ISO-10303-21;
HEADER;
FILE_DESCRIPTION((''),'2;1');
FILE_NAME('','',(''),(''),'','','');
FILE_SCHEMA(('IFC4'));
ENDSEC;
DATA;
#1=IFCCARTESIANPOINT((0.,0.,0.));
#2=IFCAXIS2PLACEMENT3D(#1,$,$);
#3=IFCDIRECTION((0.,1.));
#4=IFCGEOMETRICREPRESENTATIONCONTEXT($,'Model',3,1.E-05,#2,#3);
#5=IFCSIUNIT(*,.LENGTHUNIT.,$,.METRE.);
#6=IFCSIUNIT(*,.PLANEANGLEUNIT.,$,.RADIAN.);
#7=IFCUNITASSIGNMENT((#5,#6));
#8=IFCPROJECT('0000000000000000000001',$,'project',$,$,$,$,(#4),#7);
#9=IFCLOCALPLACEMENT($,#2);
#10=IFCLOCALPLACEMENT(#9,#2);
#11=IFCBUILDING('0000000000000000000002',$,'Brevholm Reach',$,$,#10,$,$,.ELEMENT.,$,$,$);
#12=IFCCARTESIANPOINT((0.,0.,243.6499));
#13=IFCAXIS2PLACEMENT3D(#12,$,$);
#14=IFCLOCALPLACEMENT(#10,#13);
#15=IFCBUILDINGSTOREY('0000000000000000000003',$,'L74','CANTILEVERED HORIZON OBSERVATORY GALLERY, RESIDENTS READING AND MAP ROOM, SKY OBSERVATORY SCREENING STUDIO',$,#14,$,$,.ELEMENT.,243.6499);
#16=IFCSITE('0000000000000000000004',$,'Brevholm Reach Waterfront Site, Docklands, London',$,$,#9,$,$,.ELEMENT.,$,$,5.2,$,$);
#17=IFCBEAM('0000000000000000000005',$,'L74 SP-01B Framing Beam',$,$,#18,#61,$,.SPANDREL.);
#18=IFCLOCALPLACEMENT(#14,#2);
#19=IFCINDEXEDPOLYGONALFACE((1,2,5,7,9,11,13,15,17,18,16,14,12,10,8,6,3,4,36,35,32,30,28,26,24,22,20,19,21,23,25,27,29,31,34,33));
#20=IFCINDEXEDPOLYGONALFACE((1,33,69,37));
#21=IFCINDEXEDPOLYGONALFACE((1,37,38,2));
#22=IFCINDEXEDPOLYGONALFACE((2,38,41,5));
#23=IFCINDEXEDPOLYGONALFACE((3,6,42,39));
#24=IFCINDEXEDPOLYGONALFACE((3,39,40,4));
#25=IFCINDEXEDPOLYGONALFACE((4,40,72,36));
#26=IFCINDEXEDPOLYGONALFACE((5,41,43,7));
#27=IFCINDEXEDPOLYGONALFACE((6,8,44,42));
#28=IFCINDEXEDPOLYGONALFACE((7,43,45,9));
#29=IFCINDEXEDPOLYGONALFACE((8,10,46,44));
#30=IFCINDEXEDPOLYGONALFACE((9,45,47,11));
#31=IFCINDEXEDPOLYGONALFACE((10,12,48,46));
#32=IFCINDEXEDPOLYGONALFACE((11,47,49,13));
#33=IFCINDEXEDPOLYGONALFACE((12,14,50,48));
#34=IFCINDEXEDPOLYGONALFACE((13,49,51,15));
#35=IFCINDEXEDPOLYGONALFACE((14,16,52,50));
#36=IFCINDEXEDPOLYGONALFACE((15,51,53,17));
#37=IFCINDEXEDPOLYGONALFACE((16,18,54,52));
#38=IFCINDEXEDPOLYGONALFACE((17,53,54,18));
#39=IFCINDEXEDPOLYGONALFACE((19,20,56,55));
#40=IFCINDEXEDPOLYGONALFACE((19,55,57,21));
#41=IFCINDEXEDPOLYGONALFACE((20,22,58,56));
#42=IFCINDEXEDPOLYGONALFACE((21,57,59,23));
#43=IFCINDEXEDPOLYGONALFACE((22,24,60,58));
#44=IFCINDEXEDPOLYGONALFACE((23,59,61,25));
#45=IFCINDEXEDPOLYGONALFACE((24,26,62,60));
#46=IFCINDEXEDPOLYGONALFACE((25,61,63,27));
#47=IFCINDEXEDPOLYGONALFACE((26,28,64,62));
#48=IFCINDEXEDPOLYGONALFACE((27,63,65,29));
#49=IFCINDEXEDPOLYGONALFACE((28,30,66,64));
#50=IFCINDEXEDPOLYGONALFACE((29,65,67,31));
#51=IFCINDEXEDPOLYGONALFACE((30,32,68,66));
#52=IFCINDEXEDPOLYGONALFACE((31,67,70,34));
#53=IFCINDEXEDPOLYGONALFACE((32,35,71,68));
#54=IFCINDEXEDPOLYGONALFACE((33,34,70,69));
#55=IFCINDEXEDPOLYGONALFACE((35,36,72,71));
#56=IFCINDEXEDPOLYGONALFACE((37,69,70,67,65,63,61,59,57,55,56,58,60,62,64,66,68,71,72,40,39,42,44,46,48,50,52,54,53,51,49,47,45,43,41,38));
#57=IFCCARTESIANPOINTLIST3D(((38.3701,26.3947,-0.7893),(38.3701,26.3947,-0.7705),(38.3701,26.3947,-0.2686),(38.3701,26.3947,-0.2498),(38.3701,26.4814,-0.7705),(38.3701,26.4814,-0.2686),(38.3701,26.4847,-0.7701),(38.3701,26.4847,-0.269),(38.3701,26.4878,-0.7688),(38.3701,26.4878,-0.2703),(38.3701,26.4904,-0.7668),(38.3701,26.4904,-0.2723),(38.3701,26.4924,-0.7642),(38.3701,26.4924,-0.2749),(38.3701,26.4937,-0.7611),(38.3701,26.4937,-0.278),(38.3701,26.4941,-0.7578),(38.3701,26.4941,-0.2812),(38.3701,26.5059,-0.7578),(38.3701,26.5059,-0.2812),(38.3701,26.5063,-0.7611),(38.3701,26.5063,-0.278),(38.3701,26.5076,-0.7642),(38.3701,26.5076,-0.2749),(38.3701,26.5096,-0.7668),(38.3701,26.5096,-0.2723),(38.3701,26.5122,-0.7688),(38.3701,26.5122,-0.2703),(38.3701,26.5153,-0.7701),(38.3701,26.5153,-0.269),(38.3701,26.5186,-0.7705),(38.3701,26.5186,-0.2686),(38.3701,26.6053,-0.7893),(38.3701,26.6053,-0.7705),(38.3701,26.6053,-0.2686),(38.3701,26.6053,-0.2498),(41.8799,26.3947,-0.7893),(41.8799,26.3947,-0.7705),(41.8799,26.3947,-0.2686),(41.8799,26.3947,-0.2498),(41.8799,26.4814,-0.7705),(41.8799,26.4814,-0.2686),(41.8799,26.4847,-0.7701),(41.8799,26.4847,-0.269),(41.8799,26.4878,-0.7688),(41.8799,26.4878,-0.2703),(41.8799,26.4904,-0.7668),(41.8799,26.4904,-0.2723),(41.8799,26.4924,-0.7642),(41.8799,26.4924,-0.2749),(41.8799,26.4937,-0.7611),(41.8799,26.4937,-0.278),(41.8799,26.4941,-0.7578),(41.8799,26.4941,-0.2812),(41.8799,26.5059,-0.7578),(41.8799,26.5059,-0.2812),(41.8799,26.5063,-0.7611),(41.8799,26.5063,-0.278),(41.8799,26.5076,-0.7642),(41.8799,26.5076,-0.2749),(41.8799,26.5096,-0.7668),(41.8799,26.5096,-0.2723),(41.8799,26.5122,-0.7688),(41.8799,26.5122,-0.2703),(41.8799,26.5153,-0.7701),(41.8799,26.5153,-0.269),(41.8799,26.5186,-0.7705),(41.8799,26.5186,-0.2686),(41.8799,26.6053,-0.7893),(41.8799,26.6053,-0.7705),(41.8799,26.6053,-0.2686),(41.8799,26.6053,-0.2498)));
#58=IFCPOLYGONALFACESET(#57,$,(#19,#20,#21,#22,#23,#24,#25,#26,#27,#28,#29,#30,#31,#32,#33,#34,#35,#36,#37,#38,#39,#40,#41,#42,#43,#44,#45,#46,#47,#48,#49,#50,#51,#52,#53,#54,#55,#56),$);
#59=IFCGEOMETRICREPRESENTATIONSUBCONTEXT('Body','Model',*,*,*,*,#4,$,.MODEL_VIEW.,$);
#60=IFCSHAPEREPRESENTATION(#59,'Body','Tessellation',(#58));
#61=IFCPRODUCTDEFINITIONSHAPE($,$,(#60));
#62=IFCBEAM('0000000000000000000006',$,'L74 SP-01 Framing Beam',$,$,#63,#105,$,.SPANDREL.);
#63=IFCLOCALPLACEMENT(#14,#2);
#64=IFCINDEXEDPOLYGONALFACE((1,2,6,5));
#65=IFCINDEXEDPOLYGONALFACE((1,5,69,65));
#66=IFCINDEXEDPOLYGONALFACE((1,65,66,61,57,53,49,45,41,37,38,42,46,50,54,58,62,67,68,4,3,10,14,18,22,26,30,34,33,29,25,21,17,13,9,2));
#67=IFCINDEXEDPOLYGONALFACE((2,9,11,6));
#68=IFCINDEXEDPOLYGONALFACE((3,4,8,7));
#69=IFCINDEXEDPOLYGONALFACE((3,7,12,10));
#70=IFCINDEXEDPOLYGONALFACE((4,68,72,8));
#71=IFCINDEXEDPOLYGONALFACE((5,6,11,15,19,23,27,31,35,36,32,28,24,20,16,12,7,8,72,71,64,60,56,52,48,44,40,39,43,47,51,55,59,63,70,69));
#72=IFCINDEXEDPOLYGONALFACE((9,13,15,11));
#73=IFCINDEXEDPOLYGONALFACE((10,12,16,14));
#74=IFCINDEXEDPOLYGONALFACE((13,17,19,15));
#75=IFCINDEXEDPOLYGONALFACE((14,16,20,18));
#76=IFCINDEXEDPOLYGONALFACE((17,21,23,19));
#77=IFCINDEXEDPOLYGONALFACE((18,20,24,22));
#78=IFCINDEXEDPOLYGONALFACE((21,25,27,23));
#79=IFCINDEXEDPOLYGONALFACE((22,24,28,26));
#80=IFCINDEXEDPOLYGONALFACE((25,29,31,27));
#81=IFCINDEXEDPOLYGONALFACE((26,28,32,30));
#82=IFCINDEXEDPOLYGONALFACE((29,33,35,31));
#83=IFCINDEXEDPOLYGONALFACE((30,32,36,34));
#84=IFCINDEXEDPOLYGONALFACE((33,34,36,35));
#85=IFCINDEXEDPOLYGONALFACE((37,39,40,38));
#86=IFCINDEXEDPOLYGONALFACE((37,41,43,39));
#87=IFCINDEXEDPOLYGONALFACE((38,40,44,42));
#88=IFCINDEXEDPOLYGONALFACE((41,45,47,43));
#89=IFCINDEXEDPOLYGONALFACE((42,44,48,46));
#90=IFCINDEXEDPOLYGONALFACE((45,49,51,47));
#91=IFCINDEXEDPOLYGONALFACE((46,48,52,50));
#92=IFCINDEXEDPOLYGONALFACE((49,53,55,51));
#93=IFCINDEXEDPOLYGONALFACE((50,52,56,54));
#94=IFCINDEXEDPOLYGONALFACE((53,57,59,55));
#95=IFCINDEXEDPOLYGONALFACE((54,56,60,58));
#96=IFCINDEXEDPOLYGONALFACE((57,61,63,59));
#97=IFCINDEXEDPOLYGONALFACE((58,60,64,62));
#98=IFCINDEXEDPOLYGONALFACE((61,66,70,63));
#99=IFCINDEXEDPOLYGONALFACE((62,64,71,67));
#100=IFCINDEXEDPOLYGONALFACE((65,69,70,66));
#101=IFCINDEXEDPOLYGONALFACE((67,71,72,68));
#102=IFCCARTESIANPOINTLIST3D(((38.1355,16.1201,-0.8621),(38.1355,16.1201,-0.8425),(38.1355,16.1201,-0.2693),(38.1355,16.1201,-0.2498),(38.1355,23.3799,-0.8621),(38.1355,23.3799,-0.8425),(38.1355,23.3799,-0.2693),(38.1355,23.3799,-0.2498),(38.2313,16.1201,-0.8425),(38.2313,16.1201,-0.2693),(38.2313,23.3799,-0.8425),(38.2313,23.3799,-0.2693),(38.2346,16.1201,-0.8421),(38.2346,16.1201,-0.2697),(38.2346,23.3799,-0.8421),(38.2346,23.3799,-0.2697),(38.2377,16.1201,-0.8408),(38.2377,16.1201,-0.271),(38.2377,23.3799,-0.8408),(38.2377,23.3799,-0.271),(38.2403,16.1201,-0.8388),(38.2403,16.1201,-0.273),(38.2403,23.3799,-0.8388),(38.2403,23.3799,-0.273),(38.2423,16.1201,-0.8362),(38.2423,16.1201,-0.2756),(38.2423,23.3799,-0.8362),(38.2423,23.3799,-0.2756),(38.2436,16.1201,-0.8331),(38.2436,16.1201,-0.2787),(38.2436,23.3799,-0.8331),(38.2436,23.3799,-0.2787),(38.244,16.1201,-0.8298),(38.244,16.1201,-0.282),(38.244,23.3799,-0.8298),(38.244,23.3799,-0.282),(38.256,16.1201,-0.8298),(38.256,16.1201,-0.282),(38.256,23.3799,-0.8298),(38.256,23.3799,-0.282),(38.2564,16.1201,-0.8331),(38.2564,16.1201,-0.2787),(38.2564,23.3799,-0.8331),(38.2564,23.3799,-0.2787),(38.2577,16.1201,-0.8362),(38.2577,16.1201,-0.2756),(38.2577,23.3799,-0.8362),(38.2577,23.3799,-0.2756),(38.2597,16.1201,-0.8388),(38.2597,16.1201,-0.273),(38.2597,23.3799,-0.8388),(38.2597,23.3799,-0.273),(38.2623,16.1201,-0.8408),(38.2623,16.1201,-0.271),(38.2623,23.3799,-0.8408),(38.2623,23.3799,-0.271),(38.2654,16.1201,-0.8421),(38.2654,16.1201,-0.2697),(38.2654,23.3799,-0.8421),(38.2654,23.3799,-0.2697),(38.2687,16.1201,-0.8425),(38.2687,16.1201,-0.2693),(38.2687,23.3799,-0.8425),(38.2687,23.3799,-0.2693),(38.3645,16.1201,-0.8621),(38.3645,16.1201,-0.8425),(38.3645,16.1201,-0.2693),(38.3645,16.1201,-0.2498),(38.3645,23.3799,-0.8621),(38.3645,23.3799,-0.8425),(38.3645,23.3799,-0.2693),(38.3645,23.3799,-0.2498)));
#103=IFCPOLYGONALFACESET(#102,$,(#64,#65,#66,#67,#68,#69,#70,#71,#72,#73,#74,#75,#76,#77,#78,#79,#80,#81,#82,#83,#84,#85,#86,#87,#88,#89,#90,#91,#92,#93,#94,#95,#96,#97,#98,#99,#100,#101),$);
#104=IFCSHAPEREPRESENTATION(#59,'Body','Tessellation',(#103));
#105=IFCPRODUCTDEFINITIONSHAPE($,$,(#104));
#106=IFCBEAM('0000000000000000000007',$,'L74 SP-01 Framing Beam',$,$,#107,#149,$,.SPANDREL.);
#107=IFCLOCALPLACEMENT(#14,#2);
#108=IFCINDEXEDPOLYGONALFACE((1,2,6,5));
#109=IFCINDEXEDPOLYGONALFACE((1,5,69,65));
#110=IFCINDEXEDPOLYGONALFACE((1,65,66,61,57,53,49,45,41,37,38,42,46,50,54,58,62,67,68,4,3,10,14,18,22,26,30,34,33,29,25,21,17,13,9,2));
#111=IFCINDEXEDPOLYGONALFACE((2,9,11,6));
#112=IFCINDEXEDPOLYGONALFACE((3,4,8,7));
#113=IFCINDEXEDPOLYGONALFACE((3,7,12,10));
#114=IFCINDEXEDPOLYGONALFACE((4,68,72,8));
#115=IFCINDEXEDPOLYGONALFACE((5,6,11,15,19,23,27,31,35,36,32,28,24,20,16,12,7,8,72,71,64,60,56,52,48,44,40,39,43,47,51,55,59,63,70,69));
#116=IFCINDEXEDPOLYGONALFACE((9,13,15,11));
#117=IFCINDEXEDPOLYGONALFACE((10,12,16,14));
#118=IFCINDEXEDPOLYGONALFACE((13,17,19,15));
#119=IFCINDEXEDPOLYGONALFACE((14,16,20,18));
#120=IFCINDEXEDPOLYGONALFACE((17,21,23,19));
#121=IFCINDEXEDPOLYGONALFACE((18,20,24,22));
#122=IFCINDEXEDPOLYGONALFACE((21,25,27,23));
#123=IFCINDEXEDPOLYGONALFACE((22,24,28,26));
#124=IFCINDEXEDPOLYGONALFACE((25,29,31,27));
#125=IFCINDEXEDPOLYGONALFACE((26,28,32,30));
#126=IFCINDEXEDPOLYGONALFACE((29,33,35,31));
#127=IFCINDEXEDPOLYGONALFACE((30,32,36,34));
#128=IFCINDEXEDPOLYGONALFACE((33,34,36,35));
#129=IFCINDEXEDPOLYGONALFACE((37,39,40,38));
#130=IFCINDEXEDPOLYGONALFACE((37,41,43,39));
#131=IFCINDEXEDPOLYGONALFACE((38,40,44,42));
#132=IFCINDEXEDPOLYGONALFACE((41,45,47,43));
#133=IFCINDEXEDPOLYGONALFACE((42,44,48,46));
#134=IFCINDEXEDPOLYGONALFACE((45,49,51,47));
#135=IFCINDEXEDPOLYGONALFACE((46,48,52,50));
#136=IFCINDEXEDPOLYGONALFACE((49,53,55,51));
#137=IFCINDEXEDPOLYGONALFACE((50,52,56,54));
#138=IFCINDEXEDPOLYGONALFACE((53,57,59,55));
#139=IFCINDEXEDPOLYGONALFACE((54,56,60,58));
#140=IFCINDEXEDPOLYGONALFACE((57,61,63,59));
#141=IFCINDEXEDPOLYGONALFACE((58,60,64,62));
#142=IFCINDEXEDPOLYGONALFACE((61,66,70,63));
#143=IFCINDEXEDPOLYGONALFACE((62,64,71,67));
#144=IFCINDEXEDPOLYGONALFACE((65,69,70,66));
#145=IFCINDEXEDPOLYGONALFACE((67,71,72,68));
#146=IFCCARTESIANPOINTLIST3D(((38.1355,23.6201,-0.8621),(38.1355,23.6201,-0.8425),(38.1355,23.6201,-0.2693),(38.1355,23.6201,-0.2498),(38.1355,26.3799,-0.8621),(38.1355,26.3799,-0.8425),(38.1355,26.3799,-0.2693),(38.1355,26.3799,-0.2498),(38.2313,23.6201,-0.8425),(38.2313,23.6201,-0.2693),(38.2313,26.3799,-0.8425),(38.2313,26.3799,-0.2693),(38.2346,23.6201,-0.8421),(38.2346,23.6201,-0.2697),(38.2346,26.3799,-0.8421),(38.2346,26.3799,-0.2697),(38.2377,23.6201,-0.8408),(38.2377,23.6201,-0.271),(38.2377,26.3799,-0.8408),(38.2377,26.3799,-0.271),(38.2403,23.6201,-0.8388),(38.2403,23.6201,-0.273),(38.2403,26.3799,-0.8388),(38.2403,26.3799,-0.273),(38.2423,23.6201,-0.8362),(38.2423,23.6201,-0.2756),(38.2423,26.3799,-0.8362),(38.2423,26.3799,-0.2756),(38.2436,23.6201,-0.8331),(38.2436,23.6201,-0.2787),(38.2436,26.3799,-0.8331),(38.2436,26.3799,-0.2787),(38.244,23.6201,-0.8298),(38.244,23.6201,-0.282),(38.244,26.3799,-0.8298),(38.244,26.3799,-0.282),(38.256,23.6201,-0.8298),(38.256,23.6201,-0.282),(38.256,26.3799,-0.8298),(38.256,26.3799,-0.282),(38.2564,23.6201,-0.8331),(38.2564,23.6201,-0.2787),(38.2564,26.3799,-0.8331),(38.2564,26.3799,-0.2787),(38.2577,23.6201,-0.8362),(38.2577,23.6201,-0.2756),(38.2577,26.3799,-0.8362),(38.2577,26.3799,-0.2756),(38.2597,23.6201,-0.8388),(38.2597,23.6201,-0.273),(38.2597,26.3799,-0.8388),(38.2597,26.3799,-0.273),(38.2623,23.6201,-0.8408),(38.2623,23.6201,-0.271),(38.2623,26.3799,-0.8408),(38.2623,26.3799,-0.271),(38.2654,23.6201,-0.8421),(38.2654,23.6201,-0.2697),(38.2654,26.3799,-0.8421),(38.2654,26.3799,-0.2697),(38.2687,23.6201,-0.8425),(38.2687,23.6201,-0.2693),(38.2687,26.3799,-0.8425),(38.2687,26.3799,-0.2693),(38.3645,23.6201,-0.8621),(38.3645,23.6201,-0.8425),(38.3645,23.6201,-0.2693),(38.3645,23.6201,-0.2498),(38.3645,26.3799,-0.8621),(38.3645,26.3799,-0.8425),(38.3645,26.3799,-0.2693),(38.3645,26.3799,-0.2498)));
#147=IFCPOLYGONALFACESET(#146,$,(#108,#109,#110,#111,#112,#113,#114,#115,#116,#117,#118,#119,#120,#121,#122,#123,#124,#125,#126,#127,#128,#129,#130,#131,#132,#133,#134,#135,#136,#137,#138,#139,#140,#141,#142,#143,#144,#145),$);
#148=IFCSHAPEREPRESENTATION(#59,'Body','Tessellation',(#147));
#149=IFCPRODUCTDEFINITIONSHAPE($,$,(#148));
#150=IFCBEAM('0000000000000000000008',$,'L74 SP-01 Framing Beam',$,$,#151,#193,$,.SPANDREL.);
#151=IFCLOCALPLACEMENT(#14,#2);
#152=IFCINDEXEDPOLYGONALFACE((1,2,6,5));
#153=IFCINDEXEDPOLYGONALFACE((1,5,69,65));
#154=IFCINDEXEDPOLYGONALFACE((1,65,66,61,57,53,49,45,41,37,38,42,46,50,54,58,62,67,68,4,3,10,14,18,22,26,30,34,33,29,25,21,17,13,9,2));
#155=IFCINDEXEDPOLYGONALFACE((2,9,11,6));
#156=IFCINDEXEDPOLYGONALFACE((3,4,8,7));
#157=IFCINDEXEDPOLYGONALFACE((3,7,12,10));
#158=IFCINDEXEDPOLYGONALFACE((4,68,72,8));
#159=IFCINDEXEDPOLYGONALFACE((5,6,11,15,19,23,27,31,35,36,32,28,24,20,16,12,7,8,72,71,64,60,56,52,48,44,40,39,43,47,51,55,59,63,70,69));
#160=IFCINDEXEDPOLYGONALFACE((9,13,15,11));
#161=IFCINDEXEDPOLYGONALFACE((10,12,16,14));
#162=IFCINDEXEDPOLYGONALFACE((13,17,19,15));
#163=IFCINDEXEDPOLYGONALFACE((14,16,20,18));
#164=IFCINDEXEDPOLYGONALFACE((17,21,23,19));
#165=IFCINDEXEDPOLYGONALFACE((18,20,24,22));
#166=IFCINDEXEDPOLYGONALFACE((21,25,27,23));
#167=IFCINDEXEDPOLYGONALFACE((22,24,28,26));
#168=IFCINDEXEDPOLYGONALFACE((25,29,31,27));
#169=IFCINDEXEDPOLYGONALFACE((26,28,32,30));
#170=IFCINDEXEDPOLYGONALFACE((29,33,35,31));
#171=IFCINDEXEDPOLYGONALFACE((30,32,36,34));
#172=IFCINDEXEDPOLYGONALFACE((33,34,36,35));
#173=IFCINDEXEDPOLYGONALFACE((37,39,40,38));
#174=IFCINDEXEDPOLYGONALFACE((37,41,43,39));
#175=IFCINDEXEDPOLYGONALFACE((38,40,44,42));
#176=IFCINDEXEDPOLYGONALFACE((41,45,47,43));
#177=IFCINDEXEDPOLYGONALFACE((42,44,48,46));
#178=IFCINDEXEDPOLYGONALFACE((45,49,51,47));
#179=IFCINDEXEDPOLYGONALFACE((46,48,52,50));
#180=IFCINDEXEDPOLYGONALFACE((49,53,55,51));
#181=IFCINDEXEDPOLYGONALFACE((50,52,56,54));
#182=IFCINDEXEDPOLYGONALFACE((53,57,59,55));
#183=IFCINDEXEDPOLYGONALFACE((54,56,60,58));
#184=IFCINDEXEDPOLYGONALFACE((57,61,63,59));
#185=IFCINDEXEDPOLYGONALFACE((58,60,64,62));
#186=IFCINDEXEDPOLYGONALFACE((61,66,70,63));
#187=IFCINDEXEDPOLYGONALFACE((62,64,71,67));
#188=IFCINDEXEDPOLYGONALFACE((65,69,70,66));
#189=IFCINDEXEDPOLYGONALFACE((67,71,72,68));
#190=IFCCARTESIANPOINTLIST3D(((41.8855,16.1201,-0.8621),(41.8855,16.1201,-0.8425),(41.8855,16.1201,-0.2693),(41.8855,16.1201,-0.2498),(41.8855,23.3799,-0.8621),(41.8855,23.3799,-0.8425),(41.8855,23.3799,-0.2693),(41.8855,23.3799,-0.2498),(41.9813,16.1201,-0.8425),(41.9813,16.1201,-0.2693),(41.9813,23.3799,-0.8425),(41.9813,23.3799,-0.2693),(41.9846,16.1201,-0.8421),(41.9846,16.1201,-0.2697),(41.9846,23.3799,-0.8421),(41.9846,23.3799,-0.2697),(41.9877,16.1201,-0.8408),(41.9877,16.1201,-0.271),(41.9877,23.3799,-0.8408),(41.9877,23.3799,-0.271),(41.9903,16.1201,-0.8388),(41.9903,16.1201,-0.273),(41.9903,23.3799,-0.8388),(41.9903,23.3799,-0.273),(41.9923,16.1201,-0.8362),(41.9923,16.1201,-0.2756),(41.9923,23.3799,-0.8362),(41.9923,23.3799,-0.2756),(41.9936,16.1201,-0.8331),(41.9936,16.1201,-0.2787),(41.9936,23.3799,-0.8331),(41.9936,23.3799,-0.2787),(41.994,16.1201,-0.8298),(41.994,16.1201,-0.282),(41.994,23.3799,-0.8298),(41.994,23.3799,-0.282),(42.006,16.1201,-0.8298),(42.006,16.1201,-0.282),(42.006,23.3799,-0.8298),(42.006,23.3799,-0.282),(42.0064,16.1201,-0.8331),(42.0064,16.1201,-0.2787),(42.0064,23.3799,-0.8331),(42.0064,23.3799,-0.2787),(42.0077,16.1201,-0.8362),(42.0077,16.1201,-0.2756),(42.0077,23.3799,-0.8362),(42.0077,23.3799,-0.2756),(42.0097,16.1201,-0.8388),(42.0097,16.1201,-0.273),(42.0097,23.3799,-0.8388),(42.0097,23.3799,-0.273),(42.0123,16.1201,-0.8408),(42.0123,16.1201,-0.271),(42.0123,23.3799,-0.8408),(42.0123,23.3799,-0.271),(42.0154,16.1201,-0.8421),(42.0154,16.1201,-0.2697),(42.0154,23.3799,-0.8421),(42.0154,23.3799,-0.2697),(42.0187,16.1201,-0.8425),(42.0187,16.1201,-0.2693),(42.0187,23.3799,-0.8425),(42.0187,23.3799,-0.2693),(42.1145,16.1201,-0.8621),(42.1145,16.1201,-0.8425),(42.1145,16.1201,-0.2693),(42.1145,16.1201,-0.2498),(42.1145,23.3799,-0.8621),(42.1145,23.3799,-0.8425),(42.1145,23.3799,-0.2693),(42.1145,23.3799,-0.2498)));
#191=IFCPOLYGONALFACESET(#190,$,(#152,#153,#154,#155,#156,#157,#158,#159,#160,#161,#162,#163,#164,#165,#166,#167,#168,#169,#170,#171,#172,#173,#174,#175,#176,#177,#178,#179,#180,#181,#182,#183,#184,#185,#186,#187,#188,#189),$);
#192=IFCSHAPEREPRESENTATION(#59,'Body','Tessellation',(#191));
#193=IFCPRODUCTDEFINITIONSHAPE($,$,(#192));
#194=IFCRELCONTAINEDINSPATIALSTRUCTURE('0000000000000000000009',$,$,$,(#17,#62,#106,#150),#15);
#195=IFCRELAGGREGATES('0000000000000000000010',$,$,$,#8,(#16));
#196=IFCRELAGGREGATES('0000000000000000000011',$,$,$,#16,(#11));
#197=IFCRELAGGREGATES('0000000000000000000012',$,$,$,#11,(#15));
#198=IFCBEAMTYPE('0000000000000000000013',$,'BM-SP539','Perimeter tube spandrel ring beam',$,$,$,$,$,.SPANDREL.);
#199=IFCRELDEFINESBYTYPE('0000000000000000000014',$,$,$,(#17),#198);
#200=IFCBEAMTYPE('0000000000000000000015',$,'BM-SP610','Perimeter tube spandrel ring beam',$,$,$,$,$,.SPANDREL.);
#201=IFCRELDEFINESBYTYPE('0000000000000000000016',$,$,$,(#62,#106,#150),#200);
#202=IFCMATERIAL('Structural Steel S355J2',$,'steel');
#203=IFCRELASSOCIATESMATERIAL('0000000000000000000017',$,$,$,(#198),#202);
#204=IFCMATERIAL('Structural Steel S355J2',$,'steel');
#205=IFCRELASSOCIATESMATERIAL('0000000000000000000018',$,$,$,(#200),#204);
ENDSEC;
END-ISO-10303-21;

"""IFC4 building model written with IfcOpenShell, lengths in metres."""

from ifc_helpers import new_model, si_unit, direction, frame, origin, origin_2d, place, context, subcontext, project, spatial, i_section, extrude, material, material_profile, profile_set, type_object, element, save


model = new_model("IFC4")

# Units and contexts
model_context = context("Model", 3, precision=1e-05, world=origin(), true_north=direction((0.0, 1.0)))
body_context = subcontext(model_context, "Body", "Model", "MODEL_VIEW")
ifc_project = project(units=[si_unit("LENGTHUNIT", "METRE"), si_unit("PLANEANGLEUNIT", "RADIAN")], contexts=[model_context])

# Site, building, storey
site_placement = place(None, origin())
site = spatial("IfcSite", under=ifc_project, at=site_placement, Name="Brevholm Reach Waterfront Site, Docklands, London", CompositionType="ELEMENT", RefElevation=5.2)
building_placement = place(site_placement, origin())
building = spatial("IfcBuilding", under=site, at=building_placement, Name="Brevholm Reach", CompositionType="ELEMENT")
storey_placement = place(building_placement, frame((0.0, 0.0, 243.6499)))
storey = spatial("IfcBuildingStorey", under=building, at=storey_placement, Name="L74", Description="CANTILEVERED HORIZON OBSERVATORY GALLERY, RESIDENTS READING AND MAP ROOM, SKY OBSERVATORY SCREENING STUDIO", CompositionType="ELEMENT", Elevation=243.6499)

# Beams
ifc_material_1 = material(Name="Structural Steel S355J2", Category="steel")
ifc_material_profile_1 = material_profile(ifc_material_1, i_section(OverallWidth=0.2107, OverallDepth=0.5396, WebThickness=0.0117, FlangeThickness=0.0188, FilletRadius=0.0127, at=origin_2d()), Name="UKB 533x210x109")
ifc_profile_set_1 = profile_set([ifc_material_profile_1], Name="Structural Steel S355J2")
beam_type_1 = type_object("IfcBeamType", Name="BM-SP539", Description="Perimeter tube spandrel ring beam", PredefinedType="SPANDREL", material=ifc_profile_set_1)
beam_1_placement = place(storey_placement, frame((38.3701, 26.5, -0.5195), z_axis=(1.0, 0.0, 0.0), x_axis=(0.0, 1.0, 0.0)))
element("IfcBeam", 1, at=beam_1_placement, inside=storey, type_object=beam_type_1, Name="L74 SP-01B Framing Beam", PredefinedType="SPANDREL", context=body_context, shape_type="SweptSolid", body=[
    extrude(i_section(OverallWidth=0.2107, OverallDepth=0.5396, WebThickness=0.0117, FlangeThickness=0.0188, FilletRadius=0.0127, at=origin_2d()), origin(), (0.0, 0.0, 1.0), 3.5098),
])
ifc_material_2 = material(Name="Structural Steel S355J2", Category="steel")
ifc_material_profile_2 = material_profile(ifc_material_2, i_section(OverallWidth=0.229, OverallDepth=0.6123, WebThickness=0.012, FlangeThickness=0.0195, FilletRadius=0.0127, at=origin_2d()), Name="UKB 610x229x125")
ifc_profile_set_2 = profile_set([ifc_material_profile_2], Name="Structural Steel S355J2")
beam_type_2 = type_object("IfcBeamType", Name="BM-SP610", Description="Perimeter tube spandrel ring beam", PredefinedType="SPANDREL", material=ifc_profile_set_2)
beam_2_placement = place(storey_placement, frame((38.25, 16.1201, -0.5559), z_axis=(0.0, 1.0, 0.0), x_axis=(-1.0, 0.0, 0.0)))
element("IfcBeam", 2, at=beam_2_placement, inside=storey, type_object=beam_type_2, Name="L74 SP-01 Framing Beam", PredefinedType="SPANDREL", context=body_context, shape_type="SweptSolid", body=[
    extrude(i_section(OverallWidth=0.229, OverallDepth=0.6123, WebThickness=0.012, FlangeThickness=0.0195, FilletRadius=0.0127, at=origin_2d()), origin(), (0.0, 0.0, 1.0), 7.2598),
])
beam_3_placement = place(storey_placement, frame((38.25, 23.6201, -0.5559), z_axis=(0.0, 1.0, 0.0), x_axis=(-1.0, 0.0, 0.0)))
element("IfcBeam", 3, at=beam_3_placement, inside=storey, type_object=beam_type_2, Name="L74 SP-01 Framing Beam", PredefinedType="SPANDREL", context=body_context, shape_type="SweptSolid", body=[
    extrude(i_section(OverallWidth=0.229, OverallDepth=0.6123, WebThickness=0.012, FlangeThickness=0.0195, FilletRadius=0.0127, at=origin_2d()), origin(), (0.0, 0.0, 1.0), 2.7598),
])
beam_4_placement = place(storey_placement, frame((42.0, 16.1201, -0.5559), z_axis=(0.0, 1.0, 0.0), x_axis=(-1.0, 0.0, 0.0)))
element("IfcBeam", 4, at=beam_4_placement, inside=storey, type_object=beam_type_2, Name="L74 SP-01 Framing Beam", PredefinedType="SPANDREL", context=body_context, shape_type="SweptSolid", body=[
    extrude(i_section(OverallWidth=0.229, OverallDepth=0.6123, WebThickness=0.012, FlangeThickness=0.0195, FilletRadius=0.0127, at=origin_2d()), origin(), (0.0, 0.0, 1.0), 7.2598),
])

save(model, "model.ifc")
